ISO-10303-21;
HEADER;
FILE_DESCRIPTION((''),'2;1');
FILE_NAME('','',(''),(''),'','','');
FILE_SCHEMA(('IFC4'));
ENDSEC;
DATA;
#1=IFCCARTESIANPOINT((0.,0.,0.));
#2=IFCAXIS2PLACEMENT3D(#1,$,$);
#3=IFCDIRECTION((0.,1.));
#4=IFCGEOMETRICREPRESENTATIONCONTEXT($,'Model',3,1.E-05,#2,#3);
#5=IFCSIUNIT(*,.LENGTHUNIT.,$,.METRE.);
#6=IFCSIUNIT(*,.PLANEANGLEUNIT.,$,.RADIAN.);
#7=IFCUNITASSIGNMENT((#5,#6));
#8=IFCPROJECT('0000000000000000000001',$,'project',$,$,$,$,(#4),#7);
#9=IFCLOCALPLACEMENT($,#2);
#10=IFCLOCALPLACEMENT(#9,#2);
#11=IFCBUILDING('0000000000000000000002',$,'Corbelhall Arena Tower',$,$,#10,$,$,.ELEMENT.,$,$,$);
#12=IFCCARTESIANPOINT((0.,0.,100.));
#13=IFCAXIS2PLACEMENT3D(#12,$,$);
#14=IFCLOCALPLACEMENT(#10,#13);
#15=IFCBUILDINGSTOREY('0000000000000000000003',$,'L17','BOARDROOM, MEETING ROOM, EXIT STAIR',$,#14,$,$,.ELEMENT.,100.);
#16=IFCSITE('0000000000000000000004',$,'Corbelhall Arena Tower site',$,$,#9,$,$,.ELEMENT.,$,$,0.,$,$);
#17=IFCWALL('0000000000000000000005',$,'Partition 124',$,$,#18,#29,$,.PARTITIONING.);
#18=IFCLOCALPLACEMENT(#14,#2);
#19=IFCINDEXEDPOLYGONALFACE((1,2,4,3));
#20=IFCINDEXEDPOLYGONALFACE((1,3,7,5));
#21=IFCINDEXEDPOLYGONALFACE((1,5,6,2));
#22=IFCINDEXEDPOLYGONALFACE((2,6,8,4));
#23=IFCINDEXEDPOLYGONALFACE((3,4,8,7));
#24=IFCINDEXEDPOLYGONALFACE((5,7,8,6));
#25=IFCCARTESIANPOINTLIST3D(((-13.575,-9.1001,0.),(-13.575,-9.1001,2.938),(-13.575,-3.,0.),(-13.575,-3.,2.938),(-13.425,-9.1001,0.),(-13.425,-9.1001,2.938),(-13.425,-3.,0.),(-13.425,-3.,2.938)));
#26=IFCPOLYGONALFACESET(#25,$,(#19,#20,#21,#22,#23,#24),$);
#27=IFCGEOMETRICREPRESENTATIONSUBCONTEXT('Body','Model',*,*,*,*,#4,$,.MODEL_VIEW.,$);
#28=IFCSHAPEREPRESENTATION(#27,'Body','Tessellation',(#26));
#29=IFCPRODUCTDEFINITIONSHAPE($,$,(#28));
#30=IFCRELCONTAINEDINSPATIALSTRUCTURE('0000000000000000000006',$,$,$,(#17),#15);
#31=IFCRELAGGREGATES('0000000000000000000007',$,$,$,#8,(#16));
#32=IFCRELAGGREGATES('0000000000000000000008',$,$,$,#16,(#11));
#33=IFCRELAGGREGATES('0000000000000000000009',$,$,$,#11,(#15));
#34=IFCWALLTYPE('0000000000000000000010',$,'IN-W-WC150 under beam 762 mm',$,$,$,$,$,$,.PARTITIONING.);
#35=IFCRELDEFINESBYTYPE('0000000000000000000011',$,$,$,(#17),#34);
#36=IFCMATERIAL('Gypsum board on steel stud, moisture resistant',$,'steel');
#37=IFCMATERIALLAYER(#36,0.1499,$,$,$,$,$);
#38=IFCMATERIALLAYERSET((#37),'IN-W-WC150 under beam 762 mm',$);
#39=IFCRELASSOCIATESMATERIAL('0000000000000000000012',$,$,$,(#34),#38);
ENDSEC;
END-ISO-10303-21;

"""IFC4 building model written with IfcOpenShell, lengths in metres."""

from ifc_helpers import new_model, si_unit, direction, frame, frame_2d, origin, place, context, subcontext, project, spatial, rectangle, extrude, material, layer, layer_set, type_object, element, save


model = new_model("IFC4")

# Units and contexts
model_context = context("Model", 3, precision=1e-05, world=origin(), true_north=direction((0.0, 1.0)))
body_context = subcontext(model_context, "Body", "Model", "MODEL_VIEW")
ifc_project = project(units=[si_unit("LENGTHUNIT", "METRE"), si_unit("PLANEANGLEUNIT", "RADIAN")], contexts=[model_context])

# Site, building, storey
site_placement = place(None, origin())
site = spatial("IfcSite", under=ifc_project, at=site_placement, Name="Corbelhall Arena Tower site", CompositionType="ELEMENT", RefElevation=0.0)
building_placement = place(site_placement, origin())
building = spatial("IfcBuilding", under=site, at=building_placement, Name="Corbelhall Arena Tower", CompositionType="ELEMENT")
storey_placement = place(building_placement, frame((0.0, 0.0, 100.0)))
storey = spatial("IfcBuildingStorey", under=building, at=storey_placement, Name="L17", Description="BOARDROOM, MEETING ROOM, EXIT STAIR", CompositionType="ELEMENT", Elevation=100.0)

# Wall
ifc_material_1 = material(Name="Gypsum board on steel stud, moisture resistant", Category="steel")
ifc_layer_1 = layer(ifc_material_1, 0.1499)
ifc_layer_set_1 = layer_set([ifc_layer_1], Name="IN-W-WC150 under beam 762 mm")
wall_type_1 = type_object("IfcWallType", Name="IN-W-WC150 under beam 762 mm", PredefinedType="PARTITIONING", material=ifc_layer_set_1)
wall_1_placement = place(storey_placement, frame((-13.5, -9.1001, 0.0), z_axis=(0.0, 0.0, 1.0), x_axis=(0.0, 1.0, 0.0)))
element("IfcWall", 1, at=wall_1_placement, inside=storey, type_object=wall_type_1, Name="Partition 124", PredefinedType="PARTITIONING", context=body_context, shape_type="SweptSolid", body=[
    extrude(rectangle(XDim=6.1001, YDim=0.1499, at=frame_2d((3.05, 0.0))), origin(), (0.0, 0.0, 1.0), 2.938),
])

save(model, "model.ifc")
